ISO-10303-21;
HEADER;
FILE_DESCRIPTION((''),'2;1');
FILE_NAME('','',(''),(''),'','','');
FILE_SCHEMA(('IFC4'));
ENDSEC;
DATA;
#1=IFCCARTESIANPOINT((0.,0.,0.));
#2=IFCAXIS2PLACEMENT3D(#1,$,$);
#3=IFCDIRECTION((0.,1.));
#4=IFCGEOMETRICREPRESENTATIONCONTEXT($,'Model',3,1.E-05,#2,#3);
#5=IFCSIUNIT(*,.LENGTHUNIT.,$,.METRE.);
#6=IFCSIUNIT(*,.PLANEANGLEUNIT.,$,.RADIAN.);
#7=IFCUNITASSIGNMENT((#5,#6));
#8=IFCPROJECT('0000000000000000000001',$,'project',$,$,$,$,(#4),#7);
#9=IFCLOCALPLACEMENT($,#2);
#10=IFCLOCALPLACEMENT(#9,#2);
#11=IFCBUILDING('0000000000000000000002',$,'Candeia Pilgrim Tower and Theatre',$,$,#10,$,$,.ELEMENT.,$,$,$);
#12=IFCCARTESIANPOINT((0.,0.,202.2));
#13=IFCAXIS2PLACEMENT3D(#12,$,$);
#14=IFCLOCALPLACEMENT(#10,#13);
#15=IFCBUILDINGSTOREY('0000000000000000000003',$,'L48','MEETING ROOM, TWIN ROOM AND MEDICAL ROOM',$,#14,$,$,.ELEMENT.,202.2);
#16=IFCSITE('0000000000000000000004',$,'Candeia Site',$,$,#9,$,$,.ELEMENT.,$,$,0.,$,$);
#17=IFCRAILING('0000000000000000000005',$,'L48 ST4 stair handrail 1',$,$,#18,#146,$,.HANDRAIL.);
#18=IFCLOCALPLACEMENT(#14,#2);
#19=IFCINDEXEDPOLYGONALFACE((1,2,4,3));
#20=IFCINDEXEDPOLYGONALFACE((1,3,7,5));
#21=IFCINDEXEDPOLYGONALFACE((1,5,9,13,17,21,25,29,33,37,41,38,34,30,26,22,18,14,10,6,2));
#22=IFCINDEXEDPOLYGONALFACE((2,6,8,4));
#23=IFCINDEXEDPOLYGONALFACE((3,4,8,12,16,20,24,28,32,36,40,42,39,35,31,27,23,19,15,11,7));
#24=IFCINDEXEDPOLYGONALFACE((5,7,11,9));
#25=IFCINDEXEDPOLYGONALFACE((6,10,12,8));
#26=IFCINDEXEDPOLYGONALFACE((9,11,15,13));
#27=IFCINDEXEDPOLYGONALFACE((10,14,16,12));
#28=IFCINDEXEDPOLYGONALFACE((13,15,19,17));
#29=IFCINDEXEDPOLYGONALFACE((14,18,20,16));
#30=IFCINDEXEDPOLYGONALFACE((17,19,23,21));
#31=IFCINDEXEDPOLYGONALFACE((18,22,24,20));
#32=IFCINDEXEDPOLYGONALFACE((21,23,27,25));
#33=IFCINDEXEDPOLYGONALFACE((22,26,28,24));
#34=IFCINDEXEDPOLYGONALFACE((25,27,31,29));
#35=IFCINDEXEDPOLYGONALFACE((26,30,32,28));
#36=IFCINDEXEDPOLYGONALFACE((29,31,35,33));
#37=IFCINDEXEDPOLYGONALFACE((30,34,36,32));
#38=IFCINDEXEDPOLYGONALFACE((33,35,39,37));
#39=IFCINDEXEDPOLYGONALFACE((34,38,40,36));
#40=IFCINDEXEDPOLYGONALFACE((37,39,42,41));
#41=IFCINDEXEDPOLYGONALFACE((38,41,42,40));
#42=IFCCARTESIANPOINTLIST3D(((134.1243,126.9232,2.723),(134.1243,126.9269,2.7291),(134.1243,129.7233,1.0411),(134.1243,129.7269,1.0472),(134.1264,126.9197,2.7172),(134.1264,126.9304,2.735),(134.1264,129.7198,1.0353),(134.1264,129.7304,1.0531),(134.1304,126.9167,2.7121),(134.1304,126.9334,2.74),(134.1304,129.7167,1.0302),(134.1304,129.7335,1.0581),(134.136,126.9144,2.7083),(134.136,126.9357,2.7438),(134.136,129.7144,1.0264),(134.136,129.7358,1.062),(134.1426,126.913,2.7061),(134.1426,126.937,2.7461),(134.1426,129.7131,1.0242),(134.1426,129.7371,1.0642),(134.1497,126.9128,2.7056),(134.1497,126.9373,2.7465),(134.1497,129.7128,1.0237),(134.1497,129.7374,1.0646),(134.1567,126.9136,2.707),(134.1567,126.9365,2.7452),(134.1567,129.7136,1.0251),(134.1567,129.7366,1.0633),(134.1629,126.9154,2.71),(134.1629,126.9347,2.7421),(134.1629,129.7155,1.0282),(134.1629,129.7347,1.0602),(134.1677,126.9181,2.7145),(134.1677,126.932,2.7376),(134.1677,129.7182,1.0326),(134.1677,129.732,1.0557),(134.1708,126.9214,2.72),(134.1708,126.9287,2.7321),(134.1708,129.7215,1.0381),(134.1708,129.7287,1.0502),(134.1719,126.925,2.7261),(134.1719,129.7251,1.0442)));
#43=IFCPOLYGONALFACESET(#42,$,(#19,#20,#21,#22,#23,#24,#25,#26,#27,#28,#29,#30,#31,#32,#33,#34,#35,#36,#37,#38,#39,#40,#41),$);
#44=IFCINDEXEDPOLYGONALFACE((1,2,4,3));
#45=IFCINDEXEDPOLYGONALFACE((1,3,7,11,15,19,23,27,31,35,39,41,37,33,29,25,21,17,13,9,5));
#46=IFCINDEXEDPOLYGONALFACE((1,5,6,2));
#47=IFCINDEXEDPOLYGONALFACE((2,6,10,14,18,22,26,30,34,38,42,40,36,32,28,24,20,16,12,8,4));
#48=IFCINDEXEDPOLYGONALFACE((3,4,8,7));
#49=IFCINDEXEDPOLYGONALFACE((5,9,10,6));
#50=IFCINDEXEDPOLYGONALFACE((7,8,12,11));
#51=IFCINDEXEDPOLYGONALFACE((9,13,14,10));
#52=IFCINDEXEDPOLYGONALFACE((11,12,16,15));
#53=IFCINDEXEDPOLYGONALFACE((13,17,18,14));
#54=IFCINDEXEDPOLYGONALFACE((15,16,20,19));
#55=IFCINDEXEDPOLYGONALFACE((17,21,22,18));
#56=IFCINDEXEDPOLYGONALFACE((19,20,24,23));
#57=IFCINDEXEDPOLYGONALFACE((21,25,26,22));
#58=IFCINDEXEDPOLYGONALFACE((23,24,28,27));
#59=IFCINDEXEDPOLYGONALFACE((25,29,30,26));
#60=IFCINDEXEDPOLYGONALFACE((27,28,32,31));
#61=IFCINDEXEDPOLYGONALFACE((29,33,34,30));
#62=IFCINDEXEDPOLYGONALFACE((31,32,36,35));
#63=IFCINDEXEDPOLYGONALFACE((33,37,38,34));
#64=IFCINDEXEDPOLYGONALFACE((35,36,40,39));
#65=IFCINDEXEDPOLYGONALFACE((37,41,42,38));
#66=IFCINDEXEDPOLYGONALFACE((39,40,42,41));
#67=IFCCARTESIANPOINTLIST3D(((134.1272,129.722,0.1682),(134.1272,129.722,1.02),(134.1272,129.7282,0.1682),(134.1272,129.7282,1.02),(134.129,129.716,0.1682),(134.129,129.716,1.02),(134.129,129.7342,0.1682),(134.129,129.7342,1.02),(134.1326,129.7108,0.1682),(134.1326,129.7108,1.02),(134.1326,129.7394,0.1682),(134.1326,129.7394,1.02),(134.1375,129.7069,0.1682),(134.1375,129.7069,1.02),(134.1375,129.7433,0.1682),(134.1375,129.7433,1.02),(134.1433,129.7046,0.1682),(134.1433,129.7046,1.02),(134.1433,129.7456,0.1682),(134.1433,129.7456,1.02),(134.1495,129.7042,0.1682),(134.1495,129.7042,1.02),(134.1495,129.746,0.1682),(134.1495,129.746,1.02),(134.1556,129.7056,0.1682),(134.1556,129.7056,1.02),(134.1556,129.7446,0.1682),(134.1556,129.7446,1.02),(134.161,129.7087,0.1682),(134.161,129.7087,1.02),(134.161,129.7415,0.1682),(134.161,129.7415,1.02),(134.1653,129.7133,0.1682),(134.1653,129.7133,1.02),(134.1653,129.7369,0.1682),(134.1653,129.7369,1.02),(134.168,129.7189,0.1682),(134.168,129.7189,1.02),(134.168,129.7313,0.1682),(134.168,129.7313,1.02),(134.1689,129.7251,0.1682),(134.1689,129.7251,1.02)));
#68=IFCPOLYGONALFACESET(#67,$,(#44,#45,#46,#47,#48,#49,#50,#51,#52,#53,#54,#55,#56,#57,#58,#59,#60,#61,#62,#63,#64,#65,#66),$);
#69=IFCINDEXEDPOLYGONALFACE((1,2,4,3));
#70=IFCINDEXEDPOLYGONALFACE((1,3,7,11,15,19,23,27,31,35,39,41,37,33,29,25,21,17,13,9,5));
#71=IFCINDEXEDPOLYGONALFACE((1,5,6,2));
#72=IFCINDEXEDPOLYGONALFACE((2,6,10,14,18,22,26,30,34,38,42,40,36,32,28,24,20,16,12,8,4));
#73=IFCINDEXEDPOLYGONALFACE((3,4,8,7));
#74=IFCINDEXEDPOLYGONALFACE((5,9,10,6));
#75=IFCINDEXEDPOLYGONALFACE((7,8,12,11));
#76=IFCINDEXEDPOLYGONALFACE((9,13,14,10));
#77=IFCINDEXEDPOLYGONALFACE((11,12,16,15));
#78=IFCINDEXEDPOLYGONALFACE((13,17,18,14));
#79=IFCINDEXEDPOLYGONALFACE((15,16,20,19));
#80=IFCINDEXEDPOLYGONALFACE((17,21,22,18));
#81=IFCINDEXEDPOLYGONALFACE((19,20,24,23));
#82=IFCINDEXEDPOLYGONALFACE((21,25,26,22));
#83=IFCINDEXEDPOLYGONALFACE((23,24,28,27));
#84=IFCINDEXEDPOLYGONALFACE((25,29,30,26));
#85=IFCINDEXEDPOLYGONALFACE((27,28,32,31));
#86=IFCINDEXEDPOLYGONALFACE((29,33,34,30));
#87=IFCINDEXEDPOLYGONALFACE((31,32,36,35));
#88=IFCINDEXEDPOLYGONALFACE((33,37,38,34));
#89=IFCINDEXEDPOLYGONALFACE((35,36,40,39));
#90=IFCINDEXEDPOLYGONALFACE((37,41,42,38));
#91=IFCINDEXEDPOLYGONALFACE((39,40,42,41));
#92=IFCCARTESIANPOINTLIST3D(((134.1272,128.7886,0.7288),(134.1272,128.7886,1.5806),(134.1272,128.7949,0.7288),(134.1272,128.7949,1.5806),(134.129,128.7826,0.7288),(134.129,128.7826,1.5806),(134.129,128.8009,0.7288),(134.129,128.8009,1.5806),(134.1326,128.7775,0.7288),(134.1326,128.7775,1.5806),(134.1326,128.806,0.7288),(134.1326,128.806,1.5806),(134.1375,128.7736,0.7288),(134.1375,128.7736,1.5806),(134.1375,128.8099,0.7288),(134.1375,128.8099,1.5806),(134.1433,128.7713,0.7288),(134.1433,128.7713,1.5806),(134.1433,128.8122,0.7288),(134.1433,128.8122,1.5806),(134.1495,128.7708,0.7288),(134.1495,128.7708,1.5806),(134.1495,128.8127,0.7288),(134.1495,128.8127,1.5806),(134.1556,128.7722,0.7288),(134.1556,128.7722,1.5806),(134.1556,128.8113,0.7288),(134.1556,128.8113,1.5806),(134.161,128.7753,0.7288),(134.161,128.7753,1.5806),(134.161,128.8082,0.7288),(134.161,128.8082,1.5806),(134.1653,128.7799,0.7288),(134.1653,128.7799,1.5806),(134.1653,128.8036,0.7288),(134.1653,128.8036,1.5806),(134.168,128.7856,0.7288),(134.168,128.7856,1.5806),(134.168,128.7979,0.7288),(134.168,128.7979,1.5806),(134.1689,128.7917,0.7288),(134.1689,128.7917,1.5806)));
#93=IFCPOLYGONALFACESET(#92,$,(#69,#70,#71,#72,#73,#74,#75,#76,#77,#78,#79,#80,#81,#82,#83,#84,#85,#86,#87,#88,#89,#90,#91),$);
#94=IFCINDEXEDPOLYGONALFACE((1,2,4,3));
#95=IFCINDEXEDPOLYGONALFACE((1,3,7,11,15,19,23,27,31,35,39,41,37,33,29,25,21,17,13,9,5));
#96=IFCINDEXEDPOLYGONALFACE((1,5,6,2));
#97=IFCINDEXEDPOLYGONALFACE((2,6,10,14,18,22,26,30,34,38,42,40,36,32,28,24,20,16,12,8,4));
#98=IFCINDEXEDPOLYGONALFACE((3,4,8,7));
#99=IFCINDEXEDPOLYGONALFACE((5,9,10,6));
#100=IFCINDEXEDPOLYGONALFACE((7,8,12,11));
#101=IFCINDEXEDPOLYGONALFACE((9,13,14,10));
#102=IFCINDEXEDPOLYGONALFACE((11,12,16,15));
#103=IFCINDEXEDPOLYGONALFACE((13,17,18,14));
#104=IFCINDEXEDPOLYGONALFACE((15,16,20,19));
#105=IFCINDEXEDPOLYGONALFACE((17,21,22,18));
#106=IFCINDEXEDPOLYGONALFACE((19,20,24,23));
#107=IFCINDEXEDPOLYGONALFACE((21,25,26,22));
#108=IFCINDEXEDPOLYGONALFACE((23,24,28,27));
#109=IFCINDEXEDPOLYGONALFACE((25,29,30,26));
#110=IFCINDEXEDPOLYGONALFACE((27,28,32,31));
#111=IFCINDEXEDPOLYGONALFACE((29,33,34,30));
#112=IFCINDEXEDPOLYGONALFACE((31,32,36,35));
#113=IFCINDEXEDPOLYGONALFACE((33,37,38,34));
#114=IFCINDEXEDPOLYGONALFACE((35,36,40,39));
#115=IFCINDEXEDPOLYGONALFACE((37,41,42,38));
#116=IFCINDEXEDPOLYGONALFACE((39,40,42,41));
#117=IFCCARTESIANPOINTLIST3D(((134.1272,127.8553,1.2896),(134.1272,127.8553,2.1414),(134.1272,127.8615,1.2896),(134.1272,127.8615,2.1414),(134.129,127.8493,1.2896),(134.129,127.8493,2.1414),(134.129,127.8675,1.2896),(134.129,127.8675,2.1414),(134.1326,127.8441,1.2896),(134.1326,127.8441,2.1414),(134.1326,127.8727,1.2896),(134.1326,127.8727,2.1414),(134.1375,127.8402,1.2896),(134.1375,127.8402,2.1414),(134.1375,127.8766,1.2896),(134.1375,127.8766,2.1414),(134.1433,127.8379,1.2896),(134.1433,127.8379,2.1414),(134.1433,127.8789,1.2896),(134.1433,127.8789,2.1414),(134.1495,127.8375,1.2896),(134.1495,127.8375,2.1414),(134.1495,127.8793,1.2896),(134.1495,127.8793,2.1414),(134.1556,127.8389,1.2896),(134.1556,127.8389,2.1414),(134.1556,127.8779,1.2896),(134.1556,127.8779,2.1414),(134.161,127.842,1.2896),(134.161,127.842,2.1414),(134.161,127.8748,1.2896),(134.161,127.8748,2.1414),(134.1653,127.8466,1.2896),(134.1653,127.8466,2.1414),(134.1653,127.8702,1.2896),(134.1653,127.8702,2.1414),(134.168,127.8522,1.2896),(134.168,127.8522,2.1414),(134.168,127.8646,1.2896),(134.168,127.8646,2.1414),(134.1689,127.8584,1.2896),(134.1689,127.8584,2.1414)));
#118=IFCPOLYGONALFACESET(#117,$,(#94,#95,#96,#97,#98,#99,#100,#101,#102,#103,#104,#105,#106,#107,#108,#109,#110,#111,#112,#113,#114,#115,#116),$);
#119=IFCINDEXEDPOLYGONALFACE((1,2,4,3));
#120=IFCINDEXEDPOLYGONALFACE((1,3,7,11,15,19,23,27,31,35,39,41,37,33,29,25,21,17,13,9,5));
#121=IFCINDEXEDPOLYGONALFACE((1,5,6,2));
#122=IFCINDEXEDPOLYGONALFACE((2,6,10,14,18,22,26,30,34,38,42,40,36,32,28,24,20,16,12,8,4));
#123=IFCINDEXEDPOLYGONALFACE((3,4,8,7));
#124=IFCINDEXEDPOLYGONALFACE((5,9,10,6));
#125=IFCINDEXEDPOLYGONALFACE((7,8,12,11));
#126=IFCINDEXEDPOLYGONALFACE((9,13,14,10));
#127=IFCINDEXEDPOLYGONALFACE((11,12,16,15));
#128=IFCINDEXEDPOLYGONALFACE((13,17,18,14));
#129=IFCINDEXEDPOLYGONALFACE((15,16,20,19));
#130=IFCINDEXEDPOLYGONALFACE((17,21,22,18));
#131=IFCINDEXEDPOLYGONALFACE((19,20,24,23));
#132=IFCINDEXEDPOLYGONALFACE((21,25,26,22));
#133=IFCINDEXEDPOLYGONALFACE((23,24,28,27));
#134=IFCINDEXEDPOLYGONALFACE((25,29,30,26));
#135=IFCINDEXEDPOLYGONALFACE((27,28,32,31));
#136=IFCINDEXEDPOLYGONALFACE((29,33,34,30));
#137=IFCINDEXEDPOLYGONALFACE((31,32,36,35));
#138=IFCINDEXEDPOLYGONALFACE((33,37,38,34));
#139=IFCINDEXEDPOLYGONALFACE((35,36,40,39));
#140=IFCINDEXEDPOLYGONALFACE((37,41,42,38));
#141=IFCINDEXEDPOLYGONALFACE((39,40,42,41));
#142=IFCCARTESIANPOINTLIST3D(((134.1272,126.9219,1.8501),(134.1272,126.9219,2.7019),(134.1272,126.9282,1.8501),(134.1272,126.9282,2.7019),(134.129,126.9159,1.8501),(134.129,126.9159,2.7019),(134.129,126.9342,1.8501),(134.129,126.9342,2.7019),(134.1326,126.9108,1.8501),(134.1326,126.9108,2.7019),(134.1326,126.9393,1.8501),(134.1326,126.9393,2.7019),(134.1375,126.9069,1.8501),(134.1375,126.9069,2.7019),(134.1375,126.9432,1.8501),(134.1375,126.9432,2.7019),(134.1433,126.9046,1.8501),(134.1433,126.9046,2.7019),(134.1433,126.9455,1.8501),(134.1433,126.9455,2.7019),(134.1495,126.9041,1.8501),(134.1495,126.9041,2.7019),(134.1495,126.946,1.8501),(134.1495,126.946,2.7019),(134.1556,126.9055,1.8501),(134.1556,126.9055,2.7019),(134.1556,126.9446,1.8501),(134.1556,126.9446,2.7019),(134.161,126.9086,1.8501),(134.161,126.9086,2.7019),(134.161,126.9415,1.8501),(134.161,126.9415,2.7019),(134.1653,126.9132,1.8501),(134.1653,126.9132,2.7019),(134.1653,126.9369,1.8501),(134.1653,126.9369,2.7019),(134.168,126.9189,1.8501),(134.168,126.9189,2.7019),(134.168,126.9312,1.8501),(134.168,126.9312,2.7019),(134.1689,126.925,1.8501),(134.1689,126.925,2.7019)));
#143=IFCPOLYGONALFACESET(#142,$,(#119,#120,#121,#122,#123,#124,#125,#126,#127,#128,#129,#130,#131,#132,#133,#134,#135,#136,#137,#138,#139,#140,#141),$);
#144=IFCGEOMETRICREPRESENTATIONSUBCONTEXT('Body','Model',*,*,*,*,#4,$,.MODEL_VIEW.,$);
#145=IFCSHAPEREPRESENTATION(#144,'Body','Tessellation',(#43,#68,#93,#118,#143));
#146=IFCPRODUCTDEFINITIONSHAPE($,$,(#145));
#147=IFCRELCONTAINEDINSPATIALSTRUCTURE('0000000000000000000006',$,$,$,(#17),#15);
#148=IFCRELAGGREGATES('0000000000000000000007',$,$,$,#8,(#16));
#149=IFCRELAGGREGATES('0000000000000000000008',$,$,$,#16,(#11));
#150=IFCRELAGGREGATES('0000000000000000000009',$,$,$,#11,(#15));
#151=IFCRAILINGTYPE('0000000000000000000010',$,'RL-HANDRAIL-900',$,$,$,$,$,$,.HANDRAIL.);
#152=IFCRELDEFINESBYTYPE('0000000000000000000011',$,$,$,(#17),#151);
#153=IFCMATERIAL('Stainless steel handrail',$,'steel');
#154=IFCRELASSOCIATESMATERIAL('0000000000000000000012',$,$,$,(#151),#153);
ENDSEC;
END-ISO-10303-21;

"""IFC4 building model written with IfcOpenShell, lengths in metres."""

from ifc_helpers import new_model, si_unit, direction, frame, origin, origin_2d, place, context, subcontext, project, spatial, circle, extrude, material, type_object, element, save


model = new_model("IFC4")

# Units and contexts
model_context = context("Model", 3, precision=1e-05, world=origin(), true_north=direction((0.0, 1.0)))
body_context = subcontext(model_context, "Body", "Model", "MODEL_VIEW")
ifc_project = project(units=[si_unit("LENGTHUNIT", "METRE"), si_unit("PLANEANGLEUNIT", "RADIAN")], contexts=[model_context])

# Site, building, storey
site_placement = place(None, origin())
site = spatial("IfcSite", under=ifc_project, at=site_placement, Name="Candeia Site", CompositionType="ELEMENT", RefElevation=0.0)
building_placement = place(site_placement, origin())
building = spatial("IfcBuilding", under=site, at=building_placement, Name="Candeia Pilgrim Tower and Theatre", CompositionType="ELEMENT")
storey_placement = place(building_placement, frame((0.0, 0.0, 202.2)))
storey = spatial("IfcBuildingStorey", under=building, at=storey_placement, Name="L48", Description="MEETING ROOM, TWIN ROOM AND MEDICAL ROOM", CompositionType="ELEMENT", Elevation=202.2)

# Railing
ifc_material_1 = material(Name="Stainless steel handrail", Category="steel")
railing_type_1 = type_object("IfcRailingType", Name="RL-HANDRAIL-900", PredefinedType="HANDRAIL", material=ifc_material_1)
railing_1_placement = place(storey_placement, frame((134.1479, 129.7251, 0.1682)))
element("IfcRailing", 1, at=railing_1_placement, inside=storey, type_object=railing_type_1, Name="L48 ST4 stair handrail 1", PredefinedType="HANDRAIL", context=body_context, shape_type="SweptSolid", body=[
    extrude(circle(Radius=0.0239, at=origin_2d()), frame((0.0, 0.0, 0.876), z_axis=(0.0, -0.857242, 0.514913), x_axis=(1.0, 0.0, 0.0)), (0.0, 0.0, 1.0), 3.2664),
    extrude(circle(Radius=0.021, at=origin_2d()), origin(), (0.0, 0.0, 1.0), 0.8518),
    extrude(circle(Radius=0.021, at=origin_2d()), frame((0.0, -0.9333, 0.5605)), (0.0, 0.0, 1.0), 0.8518),
    extrude(circle(Radius=0.021, at=origin_2d()), frame((0.0, -1.8667, 1.1213)), (0.0, 0.0, 1.0), 0.8518),
    extrude(circle(Radius=0.021, at=origin_2d()), frame((0.0, -2.8, 1.6819)), (0.0, 0.0, 1.0), 0.8518),
])

save(model, "model.ifc")
